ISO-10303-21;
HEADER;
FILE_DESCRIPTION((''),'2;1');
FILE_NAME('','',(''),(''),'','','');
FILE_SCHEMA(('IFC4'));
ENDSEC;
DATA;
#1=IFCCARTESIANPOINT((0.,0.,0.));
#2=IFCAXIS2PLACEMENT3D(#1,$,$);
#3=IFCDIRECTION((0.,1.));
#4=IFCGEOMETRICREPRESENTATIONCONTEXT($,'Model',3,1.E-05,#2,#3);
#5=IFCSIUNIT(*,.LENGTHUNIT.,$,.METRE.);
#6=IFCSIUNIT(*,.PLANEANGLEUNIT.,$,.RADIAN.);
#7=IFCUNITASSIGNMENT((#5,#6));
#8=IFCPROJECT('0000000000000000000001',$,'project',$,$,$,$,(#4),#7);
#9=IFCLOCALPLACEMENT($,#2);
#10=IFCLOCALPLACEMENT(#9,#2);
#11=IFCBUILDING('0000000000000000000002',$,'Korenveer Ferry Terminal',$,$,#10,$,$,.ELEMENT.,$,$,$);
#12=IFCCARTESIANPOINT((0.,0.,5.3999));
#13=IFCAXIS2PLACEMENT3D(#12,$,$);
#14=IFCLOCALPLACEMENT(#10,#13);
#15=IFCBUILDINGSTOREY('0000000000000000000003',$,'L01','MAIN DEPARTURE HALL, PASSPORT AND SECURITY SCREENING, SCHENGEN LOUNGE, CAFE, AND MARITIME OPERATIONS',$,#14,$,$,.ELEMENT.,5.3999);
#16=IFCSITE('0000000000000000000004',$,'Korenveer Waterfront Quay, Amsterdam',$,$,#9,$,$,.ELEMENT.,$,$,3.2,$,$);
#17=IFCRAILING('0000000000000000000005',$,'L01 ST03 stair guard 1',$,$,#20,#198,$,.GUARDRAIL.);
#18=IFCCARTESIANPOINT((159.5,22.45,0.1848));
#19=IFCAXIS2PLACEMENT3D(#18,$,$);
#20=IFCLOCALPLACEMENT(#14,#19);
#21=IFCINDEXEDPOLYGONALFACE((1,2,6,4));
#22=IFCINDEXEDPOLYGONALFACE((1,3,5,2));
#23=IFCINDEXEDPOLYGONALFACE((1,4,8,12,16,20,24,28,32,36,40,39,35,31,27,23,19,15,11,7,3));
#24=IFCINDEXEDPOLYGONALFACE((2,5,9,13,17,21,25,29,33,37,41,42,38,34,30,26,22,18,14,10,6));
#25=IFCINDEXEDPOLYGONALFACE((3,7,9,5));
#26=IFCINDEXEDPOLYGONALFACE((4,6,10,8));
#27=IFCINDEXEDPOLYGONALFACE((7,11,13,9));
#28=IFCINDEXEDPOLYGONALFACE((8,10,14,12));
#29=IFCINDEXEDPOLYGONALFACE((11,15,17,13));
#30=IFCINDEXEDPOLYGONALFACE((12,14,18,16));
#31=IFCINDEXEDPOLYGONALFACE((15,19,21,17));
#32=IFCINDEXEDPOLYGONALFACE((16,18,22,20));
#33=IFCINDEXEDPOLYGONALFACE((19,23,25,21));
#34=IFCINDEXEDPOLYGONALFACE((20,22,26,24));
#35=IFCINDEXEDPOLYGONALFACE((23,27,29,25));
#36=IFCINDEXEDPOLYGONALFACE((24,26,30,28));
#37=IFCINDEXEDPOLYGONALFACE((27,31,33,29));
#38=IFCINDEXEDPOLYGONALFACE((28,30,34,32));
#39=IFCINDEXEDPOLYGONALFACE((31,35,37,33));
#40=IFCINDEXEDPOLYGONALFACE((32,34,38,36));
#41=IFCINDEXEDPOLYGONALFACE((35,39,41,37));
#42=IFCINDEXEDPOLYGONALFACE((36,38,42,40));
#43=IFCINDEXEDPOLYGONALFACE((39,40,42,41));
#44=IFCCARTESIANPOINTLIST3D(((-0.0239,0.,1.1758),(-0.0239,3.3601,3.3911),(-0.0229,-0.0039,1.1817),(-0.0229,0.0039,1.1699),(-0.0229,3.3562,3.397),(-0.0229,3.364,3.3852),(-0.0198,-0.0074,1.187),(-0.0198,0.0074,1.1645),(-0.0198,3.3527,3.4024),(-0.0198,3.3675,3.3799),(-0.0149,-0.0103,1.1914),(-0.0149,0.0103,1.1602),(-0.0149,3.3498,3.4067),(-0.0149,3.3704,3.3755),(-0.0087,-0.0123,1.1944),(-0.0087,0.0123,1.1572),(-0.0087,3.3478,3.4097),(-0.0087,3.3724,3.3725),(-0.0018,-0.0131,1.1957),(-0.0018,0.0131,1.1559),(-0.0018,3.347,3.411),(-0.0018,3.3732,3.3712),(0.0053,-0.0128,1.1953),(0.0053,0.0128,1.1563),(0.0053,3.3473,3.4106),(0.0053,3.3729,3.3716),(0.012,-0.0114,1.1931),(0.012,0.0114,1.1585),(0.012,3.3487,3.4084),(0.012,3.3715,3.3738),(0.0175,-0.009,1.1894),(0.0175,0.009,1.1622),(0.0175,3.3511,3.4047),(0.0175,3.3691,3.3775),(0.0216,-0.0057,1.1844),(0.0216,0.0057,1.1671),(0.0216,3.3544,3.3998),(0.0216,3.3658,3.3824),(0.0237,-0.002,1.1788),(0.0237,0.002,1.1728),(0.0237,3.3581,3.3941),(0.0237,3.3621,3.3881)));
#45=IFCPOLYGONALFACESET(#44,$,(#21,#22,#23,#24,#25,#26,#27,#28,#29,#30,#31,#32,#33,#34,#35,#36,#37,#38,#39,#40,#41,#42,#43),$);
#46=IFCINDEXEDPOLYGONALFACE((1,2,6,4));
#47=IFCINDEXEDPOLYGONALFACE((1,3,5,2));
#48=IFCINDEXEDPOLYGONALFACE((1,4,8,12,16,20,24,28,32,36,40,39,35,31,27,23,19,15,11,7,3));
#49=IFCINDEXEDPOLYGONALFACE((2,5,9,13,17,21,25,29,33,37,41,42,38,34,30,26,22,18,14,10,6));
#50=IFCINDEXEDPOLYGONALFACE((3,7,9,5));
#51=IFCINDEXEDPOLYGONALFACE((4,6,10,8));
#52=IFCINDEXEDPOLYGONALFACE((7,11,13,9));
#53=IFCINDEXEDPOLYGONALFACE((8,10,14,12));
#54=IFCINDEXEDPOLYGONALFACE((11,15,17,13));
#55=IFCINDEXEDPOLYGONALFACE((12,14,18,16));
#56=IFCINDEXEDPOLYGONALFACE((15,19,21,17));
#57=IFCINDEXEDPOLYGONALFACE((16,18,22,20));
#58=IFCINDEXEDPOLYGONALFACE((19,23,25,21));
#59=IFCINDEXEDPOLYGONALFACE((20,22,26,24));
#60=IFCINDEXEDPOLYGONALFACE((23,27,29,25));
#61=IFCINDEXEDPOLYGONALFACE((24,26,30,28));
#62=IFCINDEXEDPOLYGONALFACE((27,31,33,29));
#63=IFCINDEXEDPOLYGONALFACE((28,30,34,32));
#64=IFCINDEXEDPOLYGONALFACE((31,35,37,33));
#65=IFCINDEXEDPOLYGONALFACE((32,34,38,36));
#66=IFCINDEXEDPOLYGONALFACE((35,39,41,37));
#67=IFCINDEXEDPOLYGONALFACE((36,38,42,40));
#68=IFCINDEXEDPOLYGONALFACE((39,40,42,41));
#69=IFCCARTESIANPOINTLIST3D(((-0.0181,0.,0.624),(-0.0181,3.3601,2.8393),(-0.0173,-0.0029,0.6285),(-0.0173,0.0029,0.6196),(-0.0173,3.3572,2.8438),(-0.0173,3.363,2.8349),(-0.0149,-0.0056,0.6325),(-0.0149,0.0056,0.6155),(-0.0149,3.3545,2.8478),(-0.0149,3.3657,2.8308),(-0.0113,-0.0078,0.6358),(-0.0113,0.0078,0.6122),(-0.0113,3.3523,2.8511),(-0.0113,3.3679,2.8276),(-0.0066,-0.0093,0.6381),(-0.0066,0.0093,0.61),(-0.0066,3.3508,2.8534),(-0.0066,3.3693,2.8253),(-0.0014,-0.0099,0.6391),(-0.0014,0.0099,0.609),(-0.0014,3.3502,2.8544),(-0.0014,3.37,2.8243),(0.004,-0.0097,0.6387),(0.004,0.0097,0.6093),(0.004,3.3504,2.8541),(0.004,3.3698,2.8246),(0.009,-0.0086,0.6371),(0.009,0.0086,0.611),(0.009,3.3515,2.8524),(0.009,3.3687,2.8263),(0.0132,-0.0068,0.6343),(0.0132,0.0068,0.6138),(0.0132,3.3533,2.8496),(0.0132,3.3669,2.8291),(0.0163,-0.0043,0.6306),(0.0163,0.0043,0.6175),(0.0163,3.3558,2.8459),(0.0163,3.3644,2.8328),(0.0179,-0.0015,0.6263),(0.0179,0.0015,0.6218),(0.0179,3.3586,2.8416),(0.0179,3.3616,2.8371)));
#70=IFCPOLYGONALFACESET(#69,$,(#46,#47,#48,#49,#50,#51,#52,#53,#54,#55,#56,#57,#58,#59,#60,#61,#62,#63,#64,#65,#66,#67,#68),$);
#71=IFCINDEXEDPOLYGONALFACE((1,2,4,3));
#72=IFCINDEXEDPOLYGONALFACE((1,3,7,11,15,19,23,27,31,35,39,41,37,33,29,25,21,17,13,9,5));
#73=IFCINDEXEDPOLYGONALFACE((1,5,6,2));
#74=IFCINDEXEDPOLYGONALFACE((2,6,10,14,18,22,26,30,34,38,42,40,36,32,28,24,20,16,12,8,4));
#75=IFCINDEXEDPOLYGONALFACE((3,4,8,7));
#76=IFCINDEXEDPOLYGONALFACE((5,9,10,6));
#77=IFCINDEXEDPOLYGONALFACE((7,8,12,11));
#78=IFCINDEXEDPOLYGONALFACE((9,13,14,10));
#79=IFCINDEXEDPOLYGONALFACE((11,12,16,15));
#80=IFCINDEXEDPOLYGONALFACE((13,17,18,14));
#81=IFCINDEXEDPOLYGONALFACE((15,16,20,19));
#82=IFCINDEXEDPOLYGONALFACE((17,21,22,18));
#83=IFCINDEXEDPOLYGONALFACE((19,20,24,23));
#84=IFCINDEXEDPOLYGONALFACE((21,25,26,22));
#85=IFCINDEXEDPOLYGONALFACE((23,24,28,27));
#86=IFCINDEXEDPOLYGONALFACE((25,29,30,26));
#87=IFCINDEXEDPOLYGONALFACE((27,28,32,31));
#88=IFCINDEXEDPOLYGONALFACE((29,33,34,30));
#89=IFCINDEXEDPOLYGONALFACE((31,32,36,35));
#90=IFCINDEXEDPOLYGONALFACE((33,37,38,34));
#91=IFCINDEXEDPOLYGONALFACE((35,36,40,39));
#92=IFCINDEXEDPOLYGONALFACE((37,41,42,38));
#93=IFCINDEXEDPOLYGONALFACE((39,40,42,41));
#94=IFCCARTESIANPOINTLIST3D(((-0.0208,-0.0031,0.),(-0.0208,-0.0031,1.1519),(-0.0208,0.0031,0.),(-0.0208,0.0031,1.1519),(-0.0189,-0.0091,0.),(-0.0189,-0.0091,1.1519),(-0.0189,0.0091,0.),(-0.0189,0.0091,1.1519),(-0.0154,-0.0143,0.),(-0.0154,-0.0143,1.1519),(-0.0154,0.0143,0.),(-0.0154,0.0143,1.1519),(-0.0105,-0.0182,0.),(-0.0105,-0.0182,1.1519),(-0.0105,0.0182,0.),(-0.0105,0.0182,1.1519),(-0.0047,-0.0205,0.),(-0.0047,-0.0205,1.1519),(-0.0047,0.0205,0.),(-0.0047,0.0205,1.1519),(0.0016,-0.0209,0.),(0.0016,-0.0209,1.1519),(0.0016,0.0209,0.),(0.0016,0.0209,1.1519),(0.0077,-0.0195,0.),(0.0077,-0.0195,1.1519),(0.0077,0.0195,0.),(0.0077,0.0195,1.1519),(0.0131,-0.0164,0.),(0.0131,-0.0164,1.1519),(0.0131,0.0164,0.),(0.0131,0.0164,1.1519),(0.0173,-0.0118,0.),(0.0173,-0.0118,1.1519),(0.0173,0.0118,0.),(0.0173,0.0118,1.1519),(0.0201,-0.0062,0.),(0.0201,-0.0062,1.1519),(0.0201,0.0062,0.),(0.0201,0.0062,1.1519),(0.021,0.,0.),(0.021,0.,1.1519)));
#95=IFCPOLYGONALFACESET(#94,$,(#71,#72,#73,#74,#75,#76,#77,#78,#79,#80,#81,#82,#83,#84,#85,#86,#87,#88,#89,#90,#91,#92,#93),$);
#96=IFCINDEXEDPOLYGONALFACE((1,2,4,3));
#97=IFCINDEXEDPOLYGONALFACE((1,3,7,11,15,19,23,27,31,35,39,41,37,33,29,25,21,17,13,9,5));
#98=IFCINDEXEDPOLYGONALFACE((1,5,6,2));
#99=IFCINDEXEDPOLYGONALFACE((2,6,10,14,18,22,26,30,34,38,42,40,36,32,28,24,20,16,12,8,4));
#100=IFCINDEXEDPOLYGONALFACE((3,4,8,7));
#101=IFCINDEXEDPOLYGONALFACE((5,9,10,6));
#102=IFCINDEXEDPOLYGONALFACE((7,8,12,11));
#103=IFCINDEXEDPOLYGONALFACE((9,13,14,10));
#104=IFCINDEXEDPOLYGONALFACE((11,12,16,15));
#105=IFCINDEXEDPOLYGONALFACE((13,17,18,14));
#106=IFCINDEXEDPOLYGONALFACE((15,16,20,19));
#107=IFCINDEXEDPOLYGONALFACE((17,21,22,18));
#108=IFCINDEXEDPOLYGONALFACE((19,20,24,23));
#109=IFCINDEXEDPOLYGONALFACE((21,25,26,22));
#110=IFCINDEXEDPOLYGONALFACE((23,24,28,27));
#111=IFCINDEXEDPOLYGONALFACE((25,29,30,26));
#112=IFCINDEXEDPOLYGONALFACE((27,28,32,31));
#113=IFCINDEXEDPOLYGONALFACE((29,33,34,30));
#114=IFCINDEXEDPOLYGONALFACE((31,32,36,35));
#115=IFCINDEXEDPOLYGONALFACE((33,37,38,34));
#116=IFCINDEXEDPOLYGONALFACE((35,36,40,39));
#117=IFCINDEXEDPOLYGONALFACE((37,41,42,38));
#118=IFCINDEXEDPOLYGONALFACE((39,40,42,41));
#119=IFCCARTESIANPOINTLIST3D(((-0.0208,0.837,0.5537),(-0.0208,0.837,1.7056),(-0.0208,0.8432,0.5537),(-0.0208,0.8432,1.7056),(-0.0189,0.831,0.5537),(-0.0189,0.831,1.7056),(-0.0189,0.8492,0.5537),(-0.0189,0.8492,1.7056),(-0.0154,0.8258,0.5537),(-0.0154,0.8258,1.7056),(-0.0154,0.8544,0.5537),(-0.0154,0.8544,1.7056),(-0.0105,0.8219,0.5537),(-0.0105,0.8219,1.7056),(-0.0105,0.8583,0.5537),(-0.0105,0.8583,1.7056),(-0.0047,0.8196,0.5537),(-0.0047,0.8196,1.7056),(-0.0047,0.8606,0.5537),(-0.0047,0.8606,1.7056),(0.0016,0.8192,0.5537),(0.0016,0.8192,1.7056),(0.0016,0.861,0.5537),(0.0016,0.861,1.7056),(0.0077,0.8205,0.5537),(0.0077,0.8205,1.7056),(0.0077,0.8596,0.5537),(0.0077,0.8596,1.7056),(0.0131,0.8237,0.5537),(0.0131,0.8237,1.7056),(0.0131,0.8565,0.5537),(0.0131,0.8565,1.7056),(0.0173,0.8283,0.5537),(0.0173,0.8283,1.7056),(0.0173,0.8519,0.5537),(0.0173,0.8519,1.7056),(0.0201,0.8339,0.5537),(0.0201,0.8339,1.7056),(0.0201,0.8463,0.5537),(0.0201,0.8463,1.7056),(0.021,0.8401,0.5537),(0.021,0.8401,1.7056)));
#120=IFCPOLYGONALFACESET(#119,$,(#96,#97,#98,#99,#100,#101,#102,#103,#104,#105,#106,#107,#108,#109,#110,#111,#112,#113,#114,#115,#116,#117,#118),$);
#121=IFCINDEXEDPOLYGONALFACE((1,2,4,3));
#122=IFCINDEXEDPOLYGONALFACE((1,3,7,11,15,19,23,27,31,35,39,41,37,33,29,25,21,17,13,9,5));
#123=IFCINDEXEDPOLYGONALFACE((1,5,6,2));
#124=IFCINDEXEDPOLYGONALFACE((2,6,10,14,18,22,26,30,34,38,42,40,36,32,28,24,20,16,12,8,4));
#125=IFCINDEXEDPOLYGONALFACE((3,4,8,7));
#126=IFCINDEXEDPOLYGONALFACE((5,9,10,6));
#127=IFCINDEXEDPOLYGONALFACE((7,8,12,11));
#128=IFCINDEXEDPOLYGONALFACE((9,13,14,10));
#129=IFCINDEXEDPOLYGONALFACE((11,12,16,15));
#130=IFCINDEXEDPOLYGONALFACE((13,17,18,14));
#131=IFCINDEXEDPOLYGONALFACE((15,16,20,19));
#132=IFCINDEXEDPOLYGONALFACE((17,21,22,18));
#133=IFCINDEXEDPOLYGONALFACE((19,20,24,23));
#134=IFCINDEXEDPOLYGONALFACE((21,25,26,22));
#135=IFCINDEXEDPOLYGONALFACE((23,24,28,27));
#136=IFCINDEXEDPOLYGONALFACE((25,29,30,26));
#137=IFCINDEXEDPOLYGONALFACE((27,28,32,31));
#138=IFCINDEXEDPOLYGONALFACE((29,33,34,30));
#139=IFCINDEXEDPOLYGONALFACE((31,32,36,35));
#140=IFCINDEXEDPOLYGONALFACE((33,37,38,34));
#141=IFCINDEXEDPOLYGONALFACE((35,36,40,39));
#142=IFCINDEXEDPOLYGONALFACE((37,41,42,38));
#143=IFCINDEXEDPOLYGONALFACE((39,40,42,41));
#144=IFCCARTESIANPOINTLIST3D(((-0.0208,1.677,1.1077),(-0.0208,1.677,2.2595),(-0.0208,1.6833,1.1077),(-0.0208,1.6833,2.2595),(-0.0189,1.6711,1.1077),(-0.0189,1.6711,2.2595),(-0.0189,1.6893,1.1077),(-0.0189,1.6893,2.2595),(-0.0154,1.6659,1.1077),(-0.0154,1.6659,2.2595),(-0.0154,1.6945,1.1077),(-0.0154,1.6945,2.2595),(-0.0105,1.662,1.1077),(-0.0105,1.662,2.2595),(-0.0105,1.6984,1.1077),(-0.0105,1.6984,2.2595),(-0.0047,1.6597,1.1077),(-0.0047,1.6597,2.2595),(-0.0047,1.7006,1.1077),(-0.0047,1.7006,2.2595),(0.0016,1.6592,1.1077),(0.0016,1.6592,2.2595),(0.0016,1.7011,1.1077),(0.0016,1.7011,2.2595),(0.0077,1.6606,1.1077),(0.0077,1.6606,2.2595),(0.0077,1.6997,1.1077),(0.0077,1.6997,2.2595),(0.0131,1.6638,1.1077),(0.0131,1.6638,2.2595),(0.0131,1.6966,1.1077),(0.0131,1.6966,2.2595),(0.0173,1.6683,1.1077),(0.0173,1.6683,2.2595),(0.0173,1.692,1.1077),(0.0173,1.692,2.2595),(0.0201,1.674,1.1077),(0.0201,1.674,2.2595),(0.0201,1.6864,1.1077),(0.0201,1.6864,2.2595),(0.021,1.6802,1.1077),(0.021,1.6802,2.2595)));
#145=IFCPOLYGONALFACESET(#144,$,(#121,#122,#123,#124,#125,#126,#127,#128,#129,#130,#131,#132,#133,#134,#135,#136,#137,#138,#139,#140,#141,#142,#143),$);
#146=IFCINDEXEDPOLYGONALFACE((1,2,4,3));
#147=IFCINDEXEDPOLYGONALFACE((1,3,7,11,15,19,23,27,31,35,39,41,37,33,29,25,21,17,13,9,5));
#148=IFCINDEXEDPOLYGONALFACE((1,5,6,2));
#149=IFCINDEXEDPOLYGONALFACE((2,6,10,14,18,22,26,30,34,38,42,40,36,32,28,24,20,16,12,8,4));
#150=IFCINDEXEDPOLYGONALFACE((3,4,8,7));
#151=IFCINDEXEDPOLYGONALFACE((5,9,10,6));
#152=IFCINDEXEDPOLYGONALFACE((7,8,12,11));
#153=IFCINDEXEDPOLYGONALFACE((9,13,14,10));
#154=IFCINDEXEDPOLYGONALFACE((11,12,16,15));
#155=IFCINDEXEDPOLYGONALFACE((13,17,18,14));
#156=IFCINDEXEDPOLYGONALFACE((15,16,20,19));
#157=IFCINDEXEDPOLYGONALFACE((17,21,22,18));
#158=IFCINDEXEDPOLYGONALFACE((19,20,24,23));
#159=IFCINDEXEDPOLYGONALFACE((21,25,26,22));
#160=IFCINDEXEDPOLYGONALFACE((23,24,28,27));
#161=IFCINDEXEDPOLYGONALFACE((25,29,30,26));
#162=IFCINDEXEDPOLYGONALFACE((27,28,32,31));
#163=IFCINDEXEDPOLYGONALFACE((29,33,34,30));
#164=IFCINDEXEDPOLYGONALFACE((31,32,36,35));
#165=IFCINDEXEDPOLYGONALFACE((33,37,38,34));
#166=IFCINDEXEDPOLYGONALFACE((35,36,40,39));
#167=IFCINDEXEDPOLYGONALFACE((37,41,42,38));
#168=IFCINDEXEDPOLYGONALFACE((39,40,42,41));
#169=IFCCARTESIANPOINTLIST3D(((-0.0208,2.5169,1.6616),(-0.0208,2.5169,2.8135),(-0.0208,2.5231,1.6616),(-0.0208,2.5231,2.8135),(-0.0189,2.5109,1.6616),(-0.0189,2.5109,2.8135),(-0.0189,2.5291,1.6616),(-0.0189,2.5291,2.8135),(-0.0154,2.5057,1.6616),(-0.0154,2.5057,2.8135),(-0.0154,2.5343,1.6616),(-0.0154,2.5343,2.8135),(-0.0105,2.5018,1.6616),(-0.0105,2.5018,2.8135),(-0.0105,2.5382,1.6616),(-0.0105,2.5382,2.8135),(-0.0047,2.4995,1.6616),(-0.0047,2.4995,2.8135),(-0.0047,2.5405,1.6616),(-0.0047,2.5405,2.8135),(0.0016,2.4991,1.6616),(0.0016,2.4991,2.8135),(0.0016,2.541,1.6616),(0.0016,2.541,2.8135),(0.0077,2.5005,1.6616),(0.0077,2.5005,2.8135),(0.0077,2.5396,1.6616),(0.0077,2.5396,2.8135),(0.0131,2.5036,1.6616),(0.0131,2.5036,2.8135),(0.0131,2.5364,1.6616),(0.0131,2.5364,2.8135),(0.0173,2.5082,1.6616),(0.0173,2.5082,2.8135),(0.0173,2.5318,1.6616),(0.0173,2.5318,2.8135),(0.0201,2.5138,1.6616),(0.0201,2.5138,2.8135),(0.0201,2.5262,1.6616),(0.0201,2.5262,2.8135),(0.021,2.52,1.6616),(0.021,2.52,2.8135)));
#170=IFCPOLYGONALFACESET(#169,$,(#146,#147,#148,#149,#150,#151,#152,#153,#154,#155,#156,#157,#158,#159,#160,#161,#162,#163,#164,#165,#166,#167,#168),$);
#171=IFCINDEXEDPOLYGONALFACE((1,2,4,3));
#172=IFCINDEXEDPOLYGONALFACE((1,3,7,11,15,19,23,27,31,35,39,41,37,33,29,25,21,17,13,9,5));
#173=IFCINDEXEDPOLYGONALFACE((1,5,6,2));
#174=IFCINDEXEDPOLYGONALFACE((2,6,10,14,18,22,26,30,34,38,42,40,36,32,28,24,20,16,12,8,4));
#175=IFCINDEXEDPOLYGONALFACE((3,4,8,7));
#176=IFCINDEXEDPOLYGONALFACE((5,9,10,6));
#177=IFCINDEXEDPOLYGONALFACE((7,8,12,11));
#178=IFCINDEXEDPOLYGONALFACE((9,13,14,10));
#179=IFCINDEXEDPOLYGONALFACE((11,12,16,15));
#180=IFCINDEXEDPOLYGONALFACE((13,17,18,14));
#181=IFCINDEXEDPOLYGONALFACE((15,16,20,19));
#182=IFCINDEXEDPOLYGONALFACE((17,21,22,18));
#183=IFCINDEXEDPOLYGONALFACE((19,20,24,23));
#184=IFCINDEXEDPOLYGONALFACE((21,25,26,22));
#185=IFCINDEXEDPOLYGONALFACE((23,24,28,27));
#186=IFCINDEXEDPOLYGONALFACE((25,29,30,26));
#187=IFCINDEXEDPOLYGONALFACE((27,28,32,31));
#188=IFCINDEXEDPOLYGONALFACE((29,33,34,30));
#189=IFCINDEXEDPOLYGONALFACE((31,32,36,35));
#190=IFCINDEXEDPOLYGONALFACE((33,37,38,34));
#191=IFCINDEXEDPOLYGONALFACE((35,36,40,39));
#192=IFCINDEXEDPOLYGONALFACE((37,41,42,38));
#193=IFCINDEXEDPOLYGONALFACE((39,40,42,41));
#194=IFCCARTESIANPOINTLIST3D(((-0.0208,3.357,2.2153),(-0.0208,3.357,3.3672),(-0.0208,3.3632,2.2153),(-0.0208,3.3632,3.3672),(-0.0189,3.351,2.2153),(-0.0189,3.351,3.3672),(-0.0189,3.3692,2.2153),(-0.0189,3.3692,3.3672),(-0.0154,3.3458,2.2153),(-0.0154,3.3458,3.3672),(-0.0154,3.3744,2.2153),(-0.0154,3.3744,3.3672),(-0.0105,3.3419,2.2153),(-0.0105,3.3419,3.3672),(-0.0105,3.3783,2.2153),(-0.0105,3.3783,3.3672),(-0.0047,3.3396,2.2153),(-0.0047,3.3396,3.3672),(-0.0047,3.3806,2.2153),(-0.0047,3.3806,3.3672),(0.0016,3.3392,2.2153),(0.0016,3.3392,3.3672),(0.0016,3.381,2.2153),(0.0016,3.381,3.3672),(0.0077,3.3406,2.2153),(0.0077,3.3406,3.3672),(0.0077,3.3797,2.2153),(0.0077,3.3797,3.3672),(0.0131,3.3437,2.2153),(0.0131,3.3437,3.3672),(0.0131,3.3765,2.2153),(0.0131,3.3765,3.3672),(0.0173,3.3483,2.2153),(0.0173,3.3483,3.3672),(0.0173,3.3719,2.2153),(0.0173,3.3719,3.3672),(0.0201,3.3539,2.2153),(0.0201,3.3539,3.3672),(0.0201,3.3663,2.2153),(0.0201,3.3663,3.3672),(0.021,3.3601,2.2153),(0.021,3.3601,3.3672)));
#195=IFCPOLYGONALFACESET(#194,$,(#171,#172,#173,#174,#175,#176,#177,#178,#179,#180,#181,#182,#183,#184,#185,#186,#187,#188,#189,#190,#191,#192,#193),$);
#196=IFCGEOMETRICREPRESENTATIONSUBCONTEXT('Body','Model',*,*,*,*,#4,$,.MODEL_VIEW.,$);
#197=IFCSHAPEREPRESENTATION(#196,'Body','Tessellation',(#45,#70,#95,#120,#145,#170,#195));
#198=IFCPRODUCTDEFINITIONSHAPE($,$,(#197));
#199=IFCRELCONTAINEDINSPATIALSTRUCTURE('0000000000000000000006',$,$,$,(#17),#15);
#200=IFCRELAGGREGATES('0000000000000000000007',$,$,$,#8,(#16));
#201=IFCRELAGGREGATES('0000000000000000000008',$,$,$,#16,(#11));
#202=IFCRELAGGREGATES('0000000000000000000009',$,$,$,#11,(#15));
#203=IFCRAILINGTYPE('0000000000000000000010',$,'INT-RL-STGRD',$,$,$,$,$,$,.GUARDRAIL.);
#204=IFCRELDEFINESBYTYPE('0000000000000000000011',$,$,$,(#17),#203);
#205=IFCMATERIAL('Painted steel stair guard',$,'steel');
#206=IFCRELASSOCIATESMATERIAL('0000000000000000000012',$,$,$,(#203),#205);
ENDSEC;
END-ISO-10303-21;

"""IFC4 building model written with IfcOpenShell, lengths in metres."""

from ifc_helpers import new_model, si_unit, direction, frame, origin, origin_2d, place, context, subcontext, project, spatial, circle, extrude, material, type_object, element, save


model = new_model("IFC4")

# Units and contexts
model_context = context("Model", 3, precision=1e-05, world=origin(), true_north=direction((0.0, 1.0)))
body_context = subcontext(model_context, "Body", "Model", "MODEL_VIEW")
ifc_project = project(units=[si_unit("LENGTHUNIT", "METRE"), si_unit("PLANEANGLEUNIT", "RADIAN")], contexts=[model_context])

# Site, building, storey
site_placement = place(None, origin())
site = spatial("IfcSite", under=ifc_project, at=site_placement, Name="Korenveer Waterfront Quay, Amsterdam", CompositionType="ELEMENT", RefElevation=3.2)
building_placement = place(site_placement, origin())
building = spatial("IfcBuilding", under=site, at=building_placement, Name="Korenveer Ferry Terminal", CompositionType="ELEMENT")
storey_placement = place(building_placement, frame((0.0, 0.0, 5.3999)))
storey = spatial("IfcBuildingStorey", under=building, at=storey_placement, Name="L01", Description="MAIN DEPARTURE HALL, PASSPORT AND SECURITY SCREENING, SCHENGEN LOUNGE, CAFE, AND MARITIME OPERATIONS", CompositionType="ELEMENT", Elevation=5.3999)

# Railing
ifc_material_1 = material(Name="Painted steel stair guard", Category="steel")
railing_type_1 = type_object("IfcRailingType", Name="INT-RL-STGRD", PredefinedType="GUARDRAIL", material=ifc_material_1)
railing_1_placement = place(storey_placement, frame((159.5, 22.45, 0.1848)))
element("IfcRailing", 1, at=railing_1_placement, inside=storey, type_object=railing_type_1, Name="L01 ST03 stair guard 1", PredefinedType="GUARDRAIL", context=body_context, shape_type="SweptSolid", body=[
    extrude(circle(Radius=0.0239, at=origin_2d()), frame((0.0, 0.0, 1.1758), z_axis=(0.0, 0.834876, 0.550437), x_axis=(-1.0, 0.0, 0.0)), (0.0, 0.0, 1.0), 4.0247),
    extrude(circle(Radius=0.0181, at=origin_2d()), frame((0.0, 0.0, 0.624), z_axis=(0.0, 0.834876, 0.550437), x_axis=(-1.0, 0.0, 0.0)), (0.0, 0.0, 1.0), 4.0247),
    extrude(circle(Radius=0.021, at=origin_2d()), origin(), (0.0, 0.0, 1.0), 1.1519),
    extrude(circle(Radius=0.021, at=origin_2d()), frame((0.0, 0.8401, 0.5537)), (0.0, 0.0, 1.0), 1.1519),
    extrude(circle(Radius=0.021, at=origin_2d()), frame((0.0, 1.6802, 1.1077)), (0.0, 0.0, 1.0), 1.1519),
    extrude(circle(Radius=0.021, at=origin_2d()), frame((0.0, 2.52, 1.6616)), (0.0, 0.0, 1.0), 1.1519),
    extrude(circle(Radius=0.021, at=origin_2d()), frame((0.0, 3.3601, 2.2153)), (0.0, 0.0, 1.0), 1.1519),
])

save(model, "model.ifc")
